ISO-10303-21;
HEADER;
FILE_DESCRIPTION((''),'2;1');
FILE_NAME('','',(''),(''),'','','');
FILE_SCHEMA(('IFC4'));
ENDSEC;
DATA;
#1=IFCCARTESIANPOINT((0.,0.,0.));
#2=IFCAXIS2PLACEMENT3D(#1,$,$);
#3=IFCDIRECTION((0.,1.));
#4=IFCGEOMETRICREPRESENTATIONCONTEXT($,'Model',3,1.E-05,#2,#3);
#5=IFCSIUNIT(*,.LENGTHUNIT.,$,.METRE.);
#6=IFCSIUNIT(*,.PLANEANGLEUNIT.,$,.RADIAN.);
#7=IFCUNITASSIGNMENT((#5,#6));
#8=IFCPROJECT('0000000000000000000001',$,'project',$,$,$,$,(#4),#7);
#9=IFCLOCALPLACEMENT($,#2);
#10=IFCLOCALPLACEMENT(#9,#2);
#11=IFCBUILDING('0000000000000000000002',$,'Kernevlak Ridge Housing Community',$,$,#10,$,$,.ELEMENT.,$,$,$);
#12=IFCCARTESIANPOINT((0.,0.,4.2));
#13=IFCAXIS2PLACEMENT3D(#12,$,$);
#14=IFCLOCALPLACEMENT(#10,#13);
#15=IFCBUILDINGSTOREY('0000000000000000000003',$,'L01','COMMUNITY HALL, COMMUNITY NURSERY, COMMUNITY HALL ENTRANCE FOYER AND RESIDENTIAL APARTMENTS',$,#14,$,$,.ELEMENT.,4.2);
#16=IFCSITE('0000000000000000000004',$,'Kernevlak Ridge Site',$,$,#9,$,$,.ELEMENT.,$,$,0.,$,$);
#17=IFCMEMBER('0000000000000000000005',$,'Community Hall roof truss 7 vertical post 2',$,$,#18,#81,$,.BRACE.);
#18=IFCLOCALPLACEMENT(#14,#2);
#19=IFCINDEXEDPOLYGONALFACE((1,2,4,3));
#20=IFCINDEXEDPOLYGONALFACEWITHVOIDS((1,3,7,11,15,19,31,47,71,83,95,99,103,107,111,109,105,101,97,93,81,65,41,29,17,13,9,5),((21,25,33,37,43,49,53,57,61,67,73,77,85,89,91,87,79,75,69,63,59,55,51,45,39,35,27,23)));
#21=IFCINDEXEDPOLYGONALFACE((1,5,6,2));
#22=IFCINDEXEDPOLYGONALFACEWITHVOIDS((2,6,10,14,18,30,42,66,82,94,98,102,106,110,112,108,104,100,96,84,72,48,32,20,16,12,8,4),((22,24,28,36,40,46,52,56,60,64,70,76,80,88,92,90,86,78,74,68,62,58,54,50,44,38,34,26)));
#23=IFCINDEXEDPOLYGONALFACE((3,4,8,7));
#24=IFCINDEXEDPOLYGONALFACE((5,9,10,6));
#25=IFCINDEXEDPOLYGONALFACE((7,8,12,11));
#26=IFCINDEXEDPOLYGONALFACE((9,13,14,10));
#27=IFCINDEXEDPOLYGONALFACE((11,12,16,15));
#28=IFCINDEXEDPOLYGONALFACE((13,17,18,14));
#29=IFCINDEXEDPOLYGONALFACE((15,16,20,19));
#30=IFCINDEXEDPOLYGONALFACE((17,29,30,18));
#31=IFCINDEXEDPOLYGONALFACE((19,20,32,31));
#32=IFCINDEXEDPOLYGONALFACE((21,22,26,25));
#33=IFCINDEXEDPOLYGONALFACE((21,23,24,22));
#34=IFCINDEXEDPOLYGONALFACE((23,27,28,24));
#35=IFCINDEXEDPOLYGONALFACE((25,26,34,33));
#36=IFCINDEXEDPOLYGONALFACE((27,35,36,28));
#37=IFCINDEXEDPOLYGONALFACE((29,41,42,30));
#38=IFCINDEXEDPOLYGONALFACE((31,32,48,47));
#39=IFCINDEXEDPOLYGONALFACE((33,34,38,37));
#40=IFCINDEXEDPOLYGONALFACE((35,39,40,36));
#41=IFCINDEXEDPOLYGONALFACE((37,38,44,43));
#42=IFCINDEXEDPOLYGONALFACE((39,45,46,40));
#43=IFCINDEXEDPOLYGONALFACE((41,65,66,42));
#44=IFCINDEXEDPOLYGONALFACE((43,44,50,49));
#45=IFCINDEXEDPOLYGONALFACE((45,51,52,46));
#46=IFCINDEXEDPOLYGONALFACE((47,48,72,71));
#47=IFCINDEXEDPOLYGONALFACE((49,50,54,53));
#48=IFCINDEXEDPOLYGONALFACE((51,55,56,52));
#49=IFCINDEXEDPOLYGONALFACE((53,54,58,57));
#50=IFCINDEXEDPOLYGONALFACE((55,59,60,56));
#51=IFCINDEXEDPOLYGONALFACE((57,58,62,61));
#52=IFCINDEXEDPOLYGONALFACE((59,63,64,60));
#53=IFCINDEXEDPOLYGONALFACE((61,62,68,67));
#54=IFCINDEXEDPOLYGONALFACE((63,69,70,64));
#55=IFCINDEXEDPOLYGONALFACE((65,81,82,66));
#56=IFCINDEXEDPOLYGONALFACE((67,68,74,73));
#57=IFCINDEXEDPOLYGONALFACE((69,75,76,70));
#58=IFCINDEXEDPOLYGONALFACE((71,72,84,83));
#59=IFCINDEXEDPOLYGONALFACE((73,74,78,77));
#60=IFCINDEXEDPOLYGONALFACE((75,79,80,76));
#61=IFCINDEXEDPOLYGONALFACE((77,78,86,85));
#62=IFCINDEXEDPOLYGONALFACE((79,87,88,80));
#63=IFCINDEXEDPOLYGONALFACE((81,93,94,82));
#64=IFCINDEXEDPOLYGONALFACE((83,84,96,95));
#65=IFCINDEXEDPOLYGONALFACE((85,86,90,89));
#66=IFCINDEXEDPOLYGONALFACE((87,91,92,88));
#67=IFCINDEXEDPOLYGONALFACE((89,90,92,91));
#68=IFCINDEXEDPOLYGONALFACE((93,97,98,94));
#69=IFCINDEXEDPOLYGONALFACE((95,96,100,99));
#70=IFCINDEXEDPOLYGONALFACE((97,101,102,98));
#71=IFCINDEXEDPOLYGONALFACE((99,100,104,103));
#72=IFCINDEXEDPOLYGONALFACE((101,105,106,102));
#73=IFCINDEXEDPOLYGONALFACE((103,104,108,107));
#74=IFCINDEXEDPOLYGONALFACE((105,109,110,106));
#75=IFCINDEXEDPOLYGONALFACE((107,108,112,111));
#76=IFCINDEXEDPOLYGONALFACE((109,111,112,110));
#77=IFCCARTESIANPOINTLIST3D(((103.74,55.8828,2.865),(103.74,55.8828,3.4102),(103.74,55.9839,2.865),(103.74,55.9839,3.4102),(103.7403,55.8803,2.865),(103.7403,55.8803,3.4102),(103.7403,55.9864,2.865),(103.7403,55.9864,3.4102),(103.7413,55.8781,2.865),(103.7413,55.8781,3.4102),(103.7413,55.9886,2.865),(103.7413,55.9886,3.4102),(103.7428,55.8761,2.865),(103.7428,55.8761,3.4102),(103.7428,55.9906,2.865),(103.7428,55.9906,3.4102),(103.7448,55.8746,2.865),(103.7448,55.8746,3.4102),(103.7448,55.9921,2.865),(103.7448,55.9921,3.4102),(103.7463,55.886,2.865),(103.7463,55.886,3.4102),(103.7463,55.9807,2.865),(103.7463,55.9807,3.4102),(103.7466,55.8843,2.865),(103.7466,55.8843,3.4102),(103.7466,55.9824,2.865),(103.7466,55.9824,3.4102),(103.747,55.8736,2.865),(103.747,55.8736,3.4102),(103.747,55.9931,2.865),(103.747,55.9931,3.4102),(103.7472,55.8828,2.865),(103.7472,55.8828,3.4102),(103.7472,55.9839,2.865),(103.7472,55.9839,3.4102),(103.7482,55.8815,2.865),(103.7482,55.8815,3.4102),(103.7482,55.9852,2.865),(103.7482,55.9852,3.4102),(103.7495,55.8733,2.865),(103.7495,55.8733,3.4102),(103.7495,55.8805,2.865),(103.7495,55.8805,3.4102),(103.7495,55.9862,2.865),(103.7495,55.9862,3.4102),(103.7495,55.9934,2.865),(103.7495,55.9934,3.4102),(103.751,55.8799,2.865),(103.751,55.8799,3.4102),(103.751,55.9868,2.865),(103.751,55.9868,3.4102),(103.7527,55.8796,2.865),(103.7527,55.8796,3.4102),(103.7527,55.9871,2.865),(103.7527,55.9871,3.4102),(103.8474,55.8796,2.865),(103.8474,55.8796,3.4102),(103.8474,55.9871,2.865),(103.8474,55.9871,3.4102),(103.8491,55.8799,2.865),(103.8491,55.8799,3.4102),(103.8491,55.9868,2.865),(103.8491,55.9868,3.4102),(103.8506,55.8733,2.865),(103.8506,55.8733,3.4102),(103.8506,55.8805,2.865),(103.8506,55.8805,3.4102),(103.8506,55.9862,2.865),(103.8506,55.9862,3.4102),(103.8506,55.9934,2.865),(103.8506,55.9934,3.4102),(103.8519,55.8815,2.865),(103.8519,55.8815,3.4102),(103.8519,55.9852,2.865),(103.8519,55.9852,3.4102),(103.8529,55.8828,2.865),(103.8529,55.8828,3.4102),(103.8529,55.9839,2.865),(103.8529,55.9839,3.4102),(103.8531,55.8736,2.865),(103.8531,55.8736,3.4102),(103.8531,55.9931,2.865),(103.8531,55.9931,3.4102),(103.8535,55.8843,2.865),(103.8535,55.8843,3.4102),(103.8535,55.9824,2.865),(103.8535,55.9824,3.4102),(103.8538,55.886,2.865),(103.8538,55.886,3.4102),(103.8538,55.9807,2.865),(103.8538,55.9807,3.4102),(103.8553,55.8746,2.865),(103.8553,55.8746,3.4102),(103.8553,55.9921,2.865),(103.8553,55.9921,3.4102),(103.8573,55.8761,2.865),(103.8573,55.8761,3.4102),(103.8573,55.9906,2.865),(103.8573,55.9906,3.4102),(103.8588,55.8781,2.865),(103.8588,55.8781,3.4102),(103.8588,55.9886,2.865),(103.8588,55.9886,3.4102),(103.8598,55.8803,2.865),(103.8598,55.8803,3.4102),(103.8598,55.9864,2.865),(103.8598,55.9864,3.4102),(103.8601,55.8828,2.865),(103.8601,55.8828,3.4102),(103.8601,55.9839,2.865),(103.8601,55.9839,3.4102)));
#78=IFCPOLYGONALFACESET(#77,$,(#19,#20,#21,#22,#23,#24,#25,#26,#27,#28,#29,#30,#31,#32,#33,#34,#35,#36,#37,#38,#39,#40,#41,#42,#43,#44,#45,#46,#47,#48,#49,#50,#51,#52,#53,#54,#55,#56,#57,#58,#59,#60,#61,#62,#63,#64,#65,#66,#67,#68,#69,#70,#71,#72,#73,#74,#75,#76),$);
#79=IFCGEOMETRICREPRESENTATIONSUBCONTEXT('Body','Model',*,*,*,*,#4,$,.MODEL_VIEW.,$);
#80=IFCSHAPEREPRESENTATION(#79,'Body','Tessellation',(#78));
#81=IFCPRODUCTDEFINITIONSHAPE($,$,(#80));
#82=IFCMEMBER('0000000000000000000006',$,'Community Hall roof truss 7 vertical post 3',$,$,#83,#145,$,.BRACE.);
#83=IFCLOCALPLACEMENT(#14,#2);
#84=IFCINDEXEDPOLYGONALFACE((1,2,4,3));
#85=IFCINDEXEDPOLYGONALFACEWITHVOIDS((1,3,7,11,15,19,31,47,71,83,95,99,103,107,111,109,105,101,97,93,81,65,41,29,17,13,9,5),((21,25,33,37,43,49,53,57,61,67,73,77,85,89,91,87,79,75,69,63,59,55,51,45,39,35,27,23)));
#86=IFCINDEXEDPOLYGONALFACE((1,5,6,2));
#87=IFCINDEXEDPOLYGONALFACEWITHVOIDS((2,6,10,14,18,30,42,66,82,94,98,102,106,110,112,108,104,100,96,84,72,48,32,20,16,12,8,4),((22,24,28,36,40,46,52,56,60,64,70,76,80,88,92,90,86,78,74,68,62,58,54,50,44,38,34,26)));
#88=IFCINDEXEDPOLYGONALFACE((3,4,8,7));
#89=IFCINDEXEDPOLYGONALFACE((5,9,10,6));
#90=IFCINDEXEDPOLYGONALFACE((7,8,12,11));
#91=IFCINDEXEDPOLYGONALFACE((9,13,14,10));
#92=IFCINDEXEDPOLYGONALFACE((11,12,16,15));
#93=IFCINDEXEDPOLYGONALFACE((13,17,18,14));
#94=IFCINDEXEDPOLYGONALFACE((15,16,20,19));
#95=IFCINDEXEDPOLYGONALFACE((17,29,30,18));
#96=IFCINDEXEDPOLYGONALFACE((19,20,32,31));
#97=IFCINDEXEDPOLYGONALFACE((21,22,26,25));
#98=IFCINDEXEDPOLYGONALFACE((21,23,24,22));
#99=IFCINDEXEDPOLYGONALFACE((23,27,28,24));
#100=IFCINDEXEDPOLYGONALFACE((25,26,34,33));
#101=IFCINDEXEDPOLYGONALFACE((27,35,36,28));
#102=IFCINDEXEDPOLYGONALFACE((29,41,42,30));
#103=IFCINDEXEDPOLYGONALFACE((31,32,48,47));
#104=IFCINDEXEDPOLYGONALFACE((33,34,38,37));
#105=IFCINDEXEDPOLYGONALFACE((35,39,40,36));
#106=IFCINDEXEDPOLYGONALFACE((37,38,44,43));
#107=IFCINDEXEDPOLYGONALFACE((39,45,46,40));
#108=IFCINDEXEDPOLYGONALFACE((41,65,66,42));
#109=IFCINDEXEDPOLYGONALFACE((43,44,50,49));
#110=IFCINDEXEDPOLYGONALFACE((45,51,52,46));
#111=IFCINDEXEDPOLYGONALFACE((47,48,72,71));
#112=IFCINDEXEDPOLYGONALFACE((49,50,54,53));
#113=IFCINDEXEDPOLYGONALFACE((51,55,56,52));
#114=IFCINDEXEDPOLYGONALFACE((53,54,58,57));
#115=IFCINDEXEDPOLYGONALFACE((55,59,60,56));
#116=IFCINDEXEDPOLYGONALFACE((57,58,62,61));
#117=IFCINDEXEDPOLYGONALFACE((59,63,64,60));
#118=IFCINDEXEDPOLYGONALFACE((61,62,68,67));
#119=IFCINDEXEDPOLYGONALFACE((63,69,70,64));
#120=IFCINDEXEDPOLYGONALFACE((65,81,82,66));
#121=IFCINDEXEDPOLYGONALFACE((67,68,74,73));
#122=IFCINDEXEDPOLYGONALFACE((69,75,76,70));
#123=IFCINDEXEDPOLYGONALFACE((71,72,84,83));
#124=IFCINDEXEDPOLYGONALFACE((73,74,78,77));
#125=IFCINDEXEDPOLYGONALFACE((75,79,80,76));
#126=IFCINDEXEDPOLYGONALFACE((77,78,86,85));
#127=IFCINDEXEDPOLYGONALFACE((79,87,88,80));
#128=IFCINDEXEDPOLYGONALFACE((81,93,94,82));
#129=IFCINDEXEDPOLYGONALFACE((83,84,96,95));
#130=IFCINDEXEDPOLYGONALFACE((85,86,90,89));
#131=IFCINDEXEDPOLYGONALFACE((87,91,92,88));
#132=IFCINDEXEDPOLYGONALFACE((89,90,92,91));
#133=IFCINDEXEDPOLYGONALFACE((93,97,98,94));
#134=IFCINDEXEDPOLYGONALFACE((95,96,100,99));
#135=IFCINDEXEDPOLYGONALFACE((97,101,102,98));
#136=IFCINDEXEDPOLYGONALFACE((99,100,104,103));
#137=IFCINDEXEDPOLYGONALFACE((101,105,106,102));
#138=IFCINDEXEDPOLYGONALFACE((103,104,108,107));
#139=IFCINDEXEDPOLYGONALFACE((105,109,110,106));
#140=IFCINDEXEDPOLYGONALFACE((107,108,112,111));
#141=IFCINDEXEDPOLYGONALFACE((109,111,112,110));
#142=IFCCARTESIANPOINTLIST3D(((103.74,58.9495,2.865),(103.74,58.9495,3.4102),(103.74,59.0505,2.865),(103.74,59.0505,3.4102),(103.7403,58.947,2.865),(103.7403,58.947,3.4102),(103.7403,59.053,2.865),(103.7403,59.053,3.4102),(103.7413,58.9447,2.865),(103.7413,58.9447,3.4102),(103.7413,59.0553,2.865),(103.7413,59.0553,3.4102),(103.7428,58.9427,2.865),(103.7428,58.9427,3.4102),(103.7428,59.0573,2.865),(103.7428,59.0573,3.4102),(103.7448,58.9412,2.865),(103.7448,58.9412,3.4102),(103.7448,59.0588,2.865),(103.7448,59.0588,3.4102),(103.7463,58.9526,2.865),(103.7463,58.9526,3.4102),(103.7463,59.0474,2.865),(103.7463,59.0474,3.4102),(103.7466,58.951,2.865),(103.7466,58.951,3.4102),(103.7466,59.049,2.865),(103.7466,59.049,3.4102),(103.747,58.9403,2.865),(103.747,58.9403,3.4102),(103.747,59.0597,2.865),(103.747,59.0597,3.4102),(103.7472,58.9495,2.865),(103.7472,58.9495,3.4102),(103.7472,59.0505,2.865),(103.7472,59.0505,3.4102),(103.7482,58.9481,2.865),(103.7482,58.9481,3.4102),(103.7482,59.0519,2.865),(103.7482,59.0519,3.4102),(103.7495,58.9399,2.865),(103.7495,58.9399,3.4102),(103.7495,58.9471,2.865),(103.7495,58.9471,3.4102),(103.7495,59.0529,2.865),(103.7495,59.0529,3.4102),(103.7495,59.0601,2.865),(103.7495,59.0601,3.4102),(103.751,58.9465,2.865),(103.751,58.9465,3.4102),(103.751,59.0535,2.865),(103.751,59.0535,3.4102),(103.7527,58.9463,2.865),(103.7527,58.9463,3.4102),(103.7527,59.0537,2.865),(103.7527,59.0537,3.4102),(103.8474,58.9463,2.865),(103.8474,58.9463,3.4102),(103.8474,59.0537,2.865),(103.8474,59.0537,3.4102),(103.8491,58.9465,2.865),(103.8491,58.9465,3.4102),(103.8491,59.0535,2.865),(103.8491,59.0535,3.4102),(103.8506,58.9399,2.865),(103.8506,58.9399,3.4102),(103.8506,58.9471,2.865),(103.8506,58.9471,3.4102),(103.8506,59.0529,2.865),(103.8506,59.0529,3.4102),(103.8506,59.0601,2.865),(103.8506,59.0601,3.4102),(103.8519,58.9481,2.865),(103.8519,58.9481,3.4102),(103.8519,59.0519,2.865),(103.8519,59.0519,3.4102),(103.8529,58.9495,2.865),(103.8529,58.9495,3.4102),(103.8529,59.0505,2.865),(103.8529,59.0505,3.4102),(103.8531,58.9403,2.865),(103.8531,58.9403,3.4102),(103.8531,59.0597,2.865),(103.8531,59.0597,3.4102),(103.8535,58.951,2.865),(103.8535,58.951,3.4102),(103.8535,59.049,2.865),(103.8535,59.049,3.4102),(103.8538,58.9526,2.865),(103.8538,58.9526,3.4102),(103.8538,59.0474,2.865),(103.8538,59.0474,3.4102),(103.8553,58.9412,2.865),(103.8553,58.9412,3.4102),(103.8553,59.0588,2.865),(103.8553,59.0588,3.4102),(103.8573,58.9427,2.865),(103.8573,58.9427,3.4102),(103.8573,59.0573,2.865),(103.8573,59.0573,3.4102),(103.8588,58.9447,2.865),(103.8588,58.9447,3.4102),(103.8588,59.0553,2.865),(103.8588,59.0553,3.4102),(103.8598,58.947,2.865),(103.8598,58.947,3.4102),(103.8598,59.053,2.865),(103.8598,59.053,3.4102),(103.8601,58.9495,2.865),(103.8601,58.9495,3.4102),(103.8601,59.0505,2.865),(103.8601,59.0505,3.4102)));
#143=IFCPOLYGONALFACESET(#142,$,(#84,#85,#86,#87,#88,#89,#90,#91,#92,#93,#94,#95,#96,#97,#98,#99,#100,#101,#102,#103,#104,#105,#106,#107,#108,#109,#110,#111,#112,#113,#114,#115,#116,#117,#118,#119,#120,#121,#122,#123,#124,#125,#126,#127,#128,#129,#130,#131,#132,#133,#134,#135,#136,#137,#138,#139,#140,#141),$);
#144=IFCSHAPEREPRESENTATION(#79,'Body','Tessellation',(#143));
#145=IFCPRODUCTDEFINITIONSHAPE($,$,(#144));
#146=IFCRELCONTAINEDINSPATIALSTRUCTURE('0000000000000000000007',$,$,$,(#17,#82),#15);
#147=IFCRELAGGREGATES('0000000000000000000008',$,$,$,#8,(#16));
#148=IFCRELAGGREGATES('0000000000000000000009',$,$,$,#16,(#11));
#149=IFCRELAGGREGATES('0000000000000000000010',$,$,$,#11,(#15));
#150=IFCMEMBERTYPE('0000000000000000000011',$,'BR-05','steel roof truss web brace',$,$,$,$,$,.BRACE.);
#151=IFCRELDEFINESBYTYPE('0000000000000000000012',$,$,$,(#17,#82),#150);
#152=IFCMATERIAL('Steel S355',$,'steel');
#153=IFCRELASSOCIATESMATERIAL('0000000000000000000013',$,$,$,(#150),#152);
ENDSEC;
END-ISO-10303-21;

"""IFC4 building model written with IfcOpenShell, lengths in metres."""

from ifc_helpers import new_model, si_unit, direction, frame, origin, origin_2d, place, context, subcontext, project, spatial, hollow_rectangle, extrude, material, material_profile, profile_set, type_object, element, save


model = new_model("IFC4")

# Units and contexts
model_context = context("Model", 3, precision=1e-05, world=origin(), true_north=direction((0.0, 1.0)))
body_context = subcontext(model_context, "Body", "Model", "MODEL_VIEW")
ifc_project = project(units=[si_unit("LENGTHUNIT", "METRE"), si_unit("PLANEANGLEUNIT", "RADIAN")], contexts=[model_context])

# Site, building, storey
site_placement = place(None, origin())
site = spatial("IfcSite", under=ifc_project, at=site_placement, Name="Kernevlak Ridge Site", CompositionType="ELEMENT", RefElevation=0.0)
building_placement = place(site_placement, origin())
building = spatial("IfcBuilding", under=site, at=building_placement, Name="Kernevlak Ridge Housing Community", CompositionType="ELEMENT")
storey_placement = place(building_placement, frame((0.0, 0.0, 4.2)))
storey = spatial("IfcBuildingStorey", under=building, at=storey_placement, Name="L01", Description="COMMUNITY HALL, COMMUNITY NURSERY, COMMUNITY HALL ENTRANCE FOYER AND RESIDENTIAL APARTMENTS", CompositionType="ELEMENT", Elevation=4.2)

# Members
ifc_material_1 = material(Name="Steel S355", Category="steel")
ifc_material_profile_1 = material_profile(ifc_material_1, hollow_rectangle(XDim=0.1201, YDim=0.1201, WallThickness=0.0063, InnerFilletRadius=0.0063, OuterFilletRadius=0.0095, at=origin_2d()), Name="SHS 120x120x6.3")
ifc_profile_set_1 = profile_set([ifc_material_profile_1], Name="Steel S355")
member_type_1 = type_object("IfcMemberType", Name="BR-05", Description="steel roof truss web brace", PredefinedType="BRACE", material=ifc_profile_set_1)
for number, where, z_axis, x_axis, name in (
    (1, (103.8, 55.9333, 2.865), (0.0, 0.0, 1.0), (1.0, 0.0, 0.0), "Community Hall roof truss 7 vertical post 2"),
    (2, (103.8, 59.0, 2.865), (0.0, 0.0, 1.0), (1.0, 0.0, 0.0), "Community Hall roof truss 7 vertical post 3"),
):
    element("IfcMember", number, at=place(storey_placement, frame(where, z_axis=z_axis, x_axis=x_axis)), inside=storey, type_object=member_type_1, Name=name, PredefinedType="BRACE", context=body_context, shape_type="SweptSolid", body=[
        extrude(hollow_rectangle(XDim=0.1201, YDim=0.1201, WallThickness=0.0063, InnerFilletRadius=0.0063, OuterFilletRadius=0.0095, at=origin_2d()), origin(), (0.0, 0.0, 1.0), 0.5452),
    ])

save(model, "model.ifc")
